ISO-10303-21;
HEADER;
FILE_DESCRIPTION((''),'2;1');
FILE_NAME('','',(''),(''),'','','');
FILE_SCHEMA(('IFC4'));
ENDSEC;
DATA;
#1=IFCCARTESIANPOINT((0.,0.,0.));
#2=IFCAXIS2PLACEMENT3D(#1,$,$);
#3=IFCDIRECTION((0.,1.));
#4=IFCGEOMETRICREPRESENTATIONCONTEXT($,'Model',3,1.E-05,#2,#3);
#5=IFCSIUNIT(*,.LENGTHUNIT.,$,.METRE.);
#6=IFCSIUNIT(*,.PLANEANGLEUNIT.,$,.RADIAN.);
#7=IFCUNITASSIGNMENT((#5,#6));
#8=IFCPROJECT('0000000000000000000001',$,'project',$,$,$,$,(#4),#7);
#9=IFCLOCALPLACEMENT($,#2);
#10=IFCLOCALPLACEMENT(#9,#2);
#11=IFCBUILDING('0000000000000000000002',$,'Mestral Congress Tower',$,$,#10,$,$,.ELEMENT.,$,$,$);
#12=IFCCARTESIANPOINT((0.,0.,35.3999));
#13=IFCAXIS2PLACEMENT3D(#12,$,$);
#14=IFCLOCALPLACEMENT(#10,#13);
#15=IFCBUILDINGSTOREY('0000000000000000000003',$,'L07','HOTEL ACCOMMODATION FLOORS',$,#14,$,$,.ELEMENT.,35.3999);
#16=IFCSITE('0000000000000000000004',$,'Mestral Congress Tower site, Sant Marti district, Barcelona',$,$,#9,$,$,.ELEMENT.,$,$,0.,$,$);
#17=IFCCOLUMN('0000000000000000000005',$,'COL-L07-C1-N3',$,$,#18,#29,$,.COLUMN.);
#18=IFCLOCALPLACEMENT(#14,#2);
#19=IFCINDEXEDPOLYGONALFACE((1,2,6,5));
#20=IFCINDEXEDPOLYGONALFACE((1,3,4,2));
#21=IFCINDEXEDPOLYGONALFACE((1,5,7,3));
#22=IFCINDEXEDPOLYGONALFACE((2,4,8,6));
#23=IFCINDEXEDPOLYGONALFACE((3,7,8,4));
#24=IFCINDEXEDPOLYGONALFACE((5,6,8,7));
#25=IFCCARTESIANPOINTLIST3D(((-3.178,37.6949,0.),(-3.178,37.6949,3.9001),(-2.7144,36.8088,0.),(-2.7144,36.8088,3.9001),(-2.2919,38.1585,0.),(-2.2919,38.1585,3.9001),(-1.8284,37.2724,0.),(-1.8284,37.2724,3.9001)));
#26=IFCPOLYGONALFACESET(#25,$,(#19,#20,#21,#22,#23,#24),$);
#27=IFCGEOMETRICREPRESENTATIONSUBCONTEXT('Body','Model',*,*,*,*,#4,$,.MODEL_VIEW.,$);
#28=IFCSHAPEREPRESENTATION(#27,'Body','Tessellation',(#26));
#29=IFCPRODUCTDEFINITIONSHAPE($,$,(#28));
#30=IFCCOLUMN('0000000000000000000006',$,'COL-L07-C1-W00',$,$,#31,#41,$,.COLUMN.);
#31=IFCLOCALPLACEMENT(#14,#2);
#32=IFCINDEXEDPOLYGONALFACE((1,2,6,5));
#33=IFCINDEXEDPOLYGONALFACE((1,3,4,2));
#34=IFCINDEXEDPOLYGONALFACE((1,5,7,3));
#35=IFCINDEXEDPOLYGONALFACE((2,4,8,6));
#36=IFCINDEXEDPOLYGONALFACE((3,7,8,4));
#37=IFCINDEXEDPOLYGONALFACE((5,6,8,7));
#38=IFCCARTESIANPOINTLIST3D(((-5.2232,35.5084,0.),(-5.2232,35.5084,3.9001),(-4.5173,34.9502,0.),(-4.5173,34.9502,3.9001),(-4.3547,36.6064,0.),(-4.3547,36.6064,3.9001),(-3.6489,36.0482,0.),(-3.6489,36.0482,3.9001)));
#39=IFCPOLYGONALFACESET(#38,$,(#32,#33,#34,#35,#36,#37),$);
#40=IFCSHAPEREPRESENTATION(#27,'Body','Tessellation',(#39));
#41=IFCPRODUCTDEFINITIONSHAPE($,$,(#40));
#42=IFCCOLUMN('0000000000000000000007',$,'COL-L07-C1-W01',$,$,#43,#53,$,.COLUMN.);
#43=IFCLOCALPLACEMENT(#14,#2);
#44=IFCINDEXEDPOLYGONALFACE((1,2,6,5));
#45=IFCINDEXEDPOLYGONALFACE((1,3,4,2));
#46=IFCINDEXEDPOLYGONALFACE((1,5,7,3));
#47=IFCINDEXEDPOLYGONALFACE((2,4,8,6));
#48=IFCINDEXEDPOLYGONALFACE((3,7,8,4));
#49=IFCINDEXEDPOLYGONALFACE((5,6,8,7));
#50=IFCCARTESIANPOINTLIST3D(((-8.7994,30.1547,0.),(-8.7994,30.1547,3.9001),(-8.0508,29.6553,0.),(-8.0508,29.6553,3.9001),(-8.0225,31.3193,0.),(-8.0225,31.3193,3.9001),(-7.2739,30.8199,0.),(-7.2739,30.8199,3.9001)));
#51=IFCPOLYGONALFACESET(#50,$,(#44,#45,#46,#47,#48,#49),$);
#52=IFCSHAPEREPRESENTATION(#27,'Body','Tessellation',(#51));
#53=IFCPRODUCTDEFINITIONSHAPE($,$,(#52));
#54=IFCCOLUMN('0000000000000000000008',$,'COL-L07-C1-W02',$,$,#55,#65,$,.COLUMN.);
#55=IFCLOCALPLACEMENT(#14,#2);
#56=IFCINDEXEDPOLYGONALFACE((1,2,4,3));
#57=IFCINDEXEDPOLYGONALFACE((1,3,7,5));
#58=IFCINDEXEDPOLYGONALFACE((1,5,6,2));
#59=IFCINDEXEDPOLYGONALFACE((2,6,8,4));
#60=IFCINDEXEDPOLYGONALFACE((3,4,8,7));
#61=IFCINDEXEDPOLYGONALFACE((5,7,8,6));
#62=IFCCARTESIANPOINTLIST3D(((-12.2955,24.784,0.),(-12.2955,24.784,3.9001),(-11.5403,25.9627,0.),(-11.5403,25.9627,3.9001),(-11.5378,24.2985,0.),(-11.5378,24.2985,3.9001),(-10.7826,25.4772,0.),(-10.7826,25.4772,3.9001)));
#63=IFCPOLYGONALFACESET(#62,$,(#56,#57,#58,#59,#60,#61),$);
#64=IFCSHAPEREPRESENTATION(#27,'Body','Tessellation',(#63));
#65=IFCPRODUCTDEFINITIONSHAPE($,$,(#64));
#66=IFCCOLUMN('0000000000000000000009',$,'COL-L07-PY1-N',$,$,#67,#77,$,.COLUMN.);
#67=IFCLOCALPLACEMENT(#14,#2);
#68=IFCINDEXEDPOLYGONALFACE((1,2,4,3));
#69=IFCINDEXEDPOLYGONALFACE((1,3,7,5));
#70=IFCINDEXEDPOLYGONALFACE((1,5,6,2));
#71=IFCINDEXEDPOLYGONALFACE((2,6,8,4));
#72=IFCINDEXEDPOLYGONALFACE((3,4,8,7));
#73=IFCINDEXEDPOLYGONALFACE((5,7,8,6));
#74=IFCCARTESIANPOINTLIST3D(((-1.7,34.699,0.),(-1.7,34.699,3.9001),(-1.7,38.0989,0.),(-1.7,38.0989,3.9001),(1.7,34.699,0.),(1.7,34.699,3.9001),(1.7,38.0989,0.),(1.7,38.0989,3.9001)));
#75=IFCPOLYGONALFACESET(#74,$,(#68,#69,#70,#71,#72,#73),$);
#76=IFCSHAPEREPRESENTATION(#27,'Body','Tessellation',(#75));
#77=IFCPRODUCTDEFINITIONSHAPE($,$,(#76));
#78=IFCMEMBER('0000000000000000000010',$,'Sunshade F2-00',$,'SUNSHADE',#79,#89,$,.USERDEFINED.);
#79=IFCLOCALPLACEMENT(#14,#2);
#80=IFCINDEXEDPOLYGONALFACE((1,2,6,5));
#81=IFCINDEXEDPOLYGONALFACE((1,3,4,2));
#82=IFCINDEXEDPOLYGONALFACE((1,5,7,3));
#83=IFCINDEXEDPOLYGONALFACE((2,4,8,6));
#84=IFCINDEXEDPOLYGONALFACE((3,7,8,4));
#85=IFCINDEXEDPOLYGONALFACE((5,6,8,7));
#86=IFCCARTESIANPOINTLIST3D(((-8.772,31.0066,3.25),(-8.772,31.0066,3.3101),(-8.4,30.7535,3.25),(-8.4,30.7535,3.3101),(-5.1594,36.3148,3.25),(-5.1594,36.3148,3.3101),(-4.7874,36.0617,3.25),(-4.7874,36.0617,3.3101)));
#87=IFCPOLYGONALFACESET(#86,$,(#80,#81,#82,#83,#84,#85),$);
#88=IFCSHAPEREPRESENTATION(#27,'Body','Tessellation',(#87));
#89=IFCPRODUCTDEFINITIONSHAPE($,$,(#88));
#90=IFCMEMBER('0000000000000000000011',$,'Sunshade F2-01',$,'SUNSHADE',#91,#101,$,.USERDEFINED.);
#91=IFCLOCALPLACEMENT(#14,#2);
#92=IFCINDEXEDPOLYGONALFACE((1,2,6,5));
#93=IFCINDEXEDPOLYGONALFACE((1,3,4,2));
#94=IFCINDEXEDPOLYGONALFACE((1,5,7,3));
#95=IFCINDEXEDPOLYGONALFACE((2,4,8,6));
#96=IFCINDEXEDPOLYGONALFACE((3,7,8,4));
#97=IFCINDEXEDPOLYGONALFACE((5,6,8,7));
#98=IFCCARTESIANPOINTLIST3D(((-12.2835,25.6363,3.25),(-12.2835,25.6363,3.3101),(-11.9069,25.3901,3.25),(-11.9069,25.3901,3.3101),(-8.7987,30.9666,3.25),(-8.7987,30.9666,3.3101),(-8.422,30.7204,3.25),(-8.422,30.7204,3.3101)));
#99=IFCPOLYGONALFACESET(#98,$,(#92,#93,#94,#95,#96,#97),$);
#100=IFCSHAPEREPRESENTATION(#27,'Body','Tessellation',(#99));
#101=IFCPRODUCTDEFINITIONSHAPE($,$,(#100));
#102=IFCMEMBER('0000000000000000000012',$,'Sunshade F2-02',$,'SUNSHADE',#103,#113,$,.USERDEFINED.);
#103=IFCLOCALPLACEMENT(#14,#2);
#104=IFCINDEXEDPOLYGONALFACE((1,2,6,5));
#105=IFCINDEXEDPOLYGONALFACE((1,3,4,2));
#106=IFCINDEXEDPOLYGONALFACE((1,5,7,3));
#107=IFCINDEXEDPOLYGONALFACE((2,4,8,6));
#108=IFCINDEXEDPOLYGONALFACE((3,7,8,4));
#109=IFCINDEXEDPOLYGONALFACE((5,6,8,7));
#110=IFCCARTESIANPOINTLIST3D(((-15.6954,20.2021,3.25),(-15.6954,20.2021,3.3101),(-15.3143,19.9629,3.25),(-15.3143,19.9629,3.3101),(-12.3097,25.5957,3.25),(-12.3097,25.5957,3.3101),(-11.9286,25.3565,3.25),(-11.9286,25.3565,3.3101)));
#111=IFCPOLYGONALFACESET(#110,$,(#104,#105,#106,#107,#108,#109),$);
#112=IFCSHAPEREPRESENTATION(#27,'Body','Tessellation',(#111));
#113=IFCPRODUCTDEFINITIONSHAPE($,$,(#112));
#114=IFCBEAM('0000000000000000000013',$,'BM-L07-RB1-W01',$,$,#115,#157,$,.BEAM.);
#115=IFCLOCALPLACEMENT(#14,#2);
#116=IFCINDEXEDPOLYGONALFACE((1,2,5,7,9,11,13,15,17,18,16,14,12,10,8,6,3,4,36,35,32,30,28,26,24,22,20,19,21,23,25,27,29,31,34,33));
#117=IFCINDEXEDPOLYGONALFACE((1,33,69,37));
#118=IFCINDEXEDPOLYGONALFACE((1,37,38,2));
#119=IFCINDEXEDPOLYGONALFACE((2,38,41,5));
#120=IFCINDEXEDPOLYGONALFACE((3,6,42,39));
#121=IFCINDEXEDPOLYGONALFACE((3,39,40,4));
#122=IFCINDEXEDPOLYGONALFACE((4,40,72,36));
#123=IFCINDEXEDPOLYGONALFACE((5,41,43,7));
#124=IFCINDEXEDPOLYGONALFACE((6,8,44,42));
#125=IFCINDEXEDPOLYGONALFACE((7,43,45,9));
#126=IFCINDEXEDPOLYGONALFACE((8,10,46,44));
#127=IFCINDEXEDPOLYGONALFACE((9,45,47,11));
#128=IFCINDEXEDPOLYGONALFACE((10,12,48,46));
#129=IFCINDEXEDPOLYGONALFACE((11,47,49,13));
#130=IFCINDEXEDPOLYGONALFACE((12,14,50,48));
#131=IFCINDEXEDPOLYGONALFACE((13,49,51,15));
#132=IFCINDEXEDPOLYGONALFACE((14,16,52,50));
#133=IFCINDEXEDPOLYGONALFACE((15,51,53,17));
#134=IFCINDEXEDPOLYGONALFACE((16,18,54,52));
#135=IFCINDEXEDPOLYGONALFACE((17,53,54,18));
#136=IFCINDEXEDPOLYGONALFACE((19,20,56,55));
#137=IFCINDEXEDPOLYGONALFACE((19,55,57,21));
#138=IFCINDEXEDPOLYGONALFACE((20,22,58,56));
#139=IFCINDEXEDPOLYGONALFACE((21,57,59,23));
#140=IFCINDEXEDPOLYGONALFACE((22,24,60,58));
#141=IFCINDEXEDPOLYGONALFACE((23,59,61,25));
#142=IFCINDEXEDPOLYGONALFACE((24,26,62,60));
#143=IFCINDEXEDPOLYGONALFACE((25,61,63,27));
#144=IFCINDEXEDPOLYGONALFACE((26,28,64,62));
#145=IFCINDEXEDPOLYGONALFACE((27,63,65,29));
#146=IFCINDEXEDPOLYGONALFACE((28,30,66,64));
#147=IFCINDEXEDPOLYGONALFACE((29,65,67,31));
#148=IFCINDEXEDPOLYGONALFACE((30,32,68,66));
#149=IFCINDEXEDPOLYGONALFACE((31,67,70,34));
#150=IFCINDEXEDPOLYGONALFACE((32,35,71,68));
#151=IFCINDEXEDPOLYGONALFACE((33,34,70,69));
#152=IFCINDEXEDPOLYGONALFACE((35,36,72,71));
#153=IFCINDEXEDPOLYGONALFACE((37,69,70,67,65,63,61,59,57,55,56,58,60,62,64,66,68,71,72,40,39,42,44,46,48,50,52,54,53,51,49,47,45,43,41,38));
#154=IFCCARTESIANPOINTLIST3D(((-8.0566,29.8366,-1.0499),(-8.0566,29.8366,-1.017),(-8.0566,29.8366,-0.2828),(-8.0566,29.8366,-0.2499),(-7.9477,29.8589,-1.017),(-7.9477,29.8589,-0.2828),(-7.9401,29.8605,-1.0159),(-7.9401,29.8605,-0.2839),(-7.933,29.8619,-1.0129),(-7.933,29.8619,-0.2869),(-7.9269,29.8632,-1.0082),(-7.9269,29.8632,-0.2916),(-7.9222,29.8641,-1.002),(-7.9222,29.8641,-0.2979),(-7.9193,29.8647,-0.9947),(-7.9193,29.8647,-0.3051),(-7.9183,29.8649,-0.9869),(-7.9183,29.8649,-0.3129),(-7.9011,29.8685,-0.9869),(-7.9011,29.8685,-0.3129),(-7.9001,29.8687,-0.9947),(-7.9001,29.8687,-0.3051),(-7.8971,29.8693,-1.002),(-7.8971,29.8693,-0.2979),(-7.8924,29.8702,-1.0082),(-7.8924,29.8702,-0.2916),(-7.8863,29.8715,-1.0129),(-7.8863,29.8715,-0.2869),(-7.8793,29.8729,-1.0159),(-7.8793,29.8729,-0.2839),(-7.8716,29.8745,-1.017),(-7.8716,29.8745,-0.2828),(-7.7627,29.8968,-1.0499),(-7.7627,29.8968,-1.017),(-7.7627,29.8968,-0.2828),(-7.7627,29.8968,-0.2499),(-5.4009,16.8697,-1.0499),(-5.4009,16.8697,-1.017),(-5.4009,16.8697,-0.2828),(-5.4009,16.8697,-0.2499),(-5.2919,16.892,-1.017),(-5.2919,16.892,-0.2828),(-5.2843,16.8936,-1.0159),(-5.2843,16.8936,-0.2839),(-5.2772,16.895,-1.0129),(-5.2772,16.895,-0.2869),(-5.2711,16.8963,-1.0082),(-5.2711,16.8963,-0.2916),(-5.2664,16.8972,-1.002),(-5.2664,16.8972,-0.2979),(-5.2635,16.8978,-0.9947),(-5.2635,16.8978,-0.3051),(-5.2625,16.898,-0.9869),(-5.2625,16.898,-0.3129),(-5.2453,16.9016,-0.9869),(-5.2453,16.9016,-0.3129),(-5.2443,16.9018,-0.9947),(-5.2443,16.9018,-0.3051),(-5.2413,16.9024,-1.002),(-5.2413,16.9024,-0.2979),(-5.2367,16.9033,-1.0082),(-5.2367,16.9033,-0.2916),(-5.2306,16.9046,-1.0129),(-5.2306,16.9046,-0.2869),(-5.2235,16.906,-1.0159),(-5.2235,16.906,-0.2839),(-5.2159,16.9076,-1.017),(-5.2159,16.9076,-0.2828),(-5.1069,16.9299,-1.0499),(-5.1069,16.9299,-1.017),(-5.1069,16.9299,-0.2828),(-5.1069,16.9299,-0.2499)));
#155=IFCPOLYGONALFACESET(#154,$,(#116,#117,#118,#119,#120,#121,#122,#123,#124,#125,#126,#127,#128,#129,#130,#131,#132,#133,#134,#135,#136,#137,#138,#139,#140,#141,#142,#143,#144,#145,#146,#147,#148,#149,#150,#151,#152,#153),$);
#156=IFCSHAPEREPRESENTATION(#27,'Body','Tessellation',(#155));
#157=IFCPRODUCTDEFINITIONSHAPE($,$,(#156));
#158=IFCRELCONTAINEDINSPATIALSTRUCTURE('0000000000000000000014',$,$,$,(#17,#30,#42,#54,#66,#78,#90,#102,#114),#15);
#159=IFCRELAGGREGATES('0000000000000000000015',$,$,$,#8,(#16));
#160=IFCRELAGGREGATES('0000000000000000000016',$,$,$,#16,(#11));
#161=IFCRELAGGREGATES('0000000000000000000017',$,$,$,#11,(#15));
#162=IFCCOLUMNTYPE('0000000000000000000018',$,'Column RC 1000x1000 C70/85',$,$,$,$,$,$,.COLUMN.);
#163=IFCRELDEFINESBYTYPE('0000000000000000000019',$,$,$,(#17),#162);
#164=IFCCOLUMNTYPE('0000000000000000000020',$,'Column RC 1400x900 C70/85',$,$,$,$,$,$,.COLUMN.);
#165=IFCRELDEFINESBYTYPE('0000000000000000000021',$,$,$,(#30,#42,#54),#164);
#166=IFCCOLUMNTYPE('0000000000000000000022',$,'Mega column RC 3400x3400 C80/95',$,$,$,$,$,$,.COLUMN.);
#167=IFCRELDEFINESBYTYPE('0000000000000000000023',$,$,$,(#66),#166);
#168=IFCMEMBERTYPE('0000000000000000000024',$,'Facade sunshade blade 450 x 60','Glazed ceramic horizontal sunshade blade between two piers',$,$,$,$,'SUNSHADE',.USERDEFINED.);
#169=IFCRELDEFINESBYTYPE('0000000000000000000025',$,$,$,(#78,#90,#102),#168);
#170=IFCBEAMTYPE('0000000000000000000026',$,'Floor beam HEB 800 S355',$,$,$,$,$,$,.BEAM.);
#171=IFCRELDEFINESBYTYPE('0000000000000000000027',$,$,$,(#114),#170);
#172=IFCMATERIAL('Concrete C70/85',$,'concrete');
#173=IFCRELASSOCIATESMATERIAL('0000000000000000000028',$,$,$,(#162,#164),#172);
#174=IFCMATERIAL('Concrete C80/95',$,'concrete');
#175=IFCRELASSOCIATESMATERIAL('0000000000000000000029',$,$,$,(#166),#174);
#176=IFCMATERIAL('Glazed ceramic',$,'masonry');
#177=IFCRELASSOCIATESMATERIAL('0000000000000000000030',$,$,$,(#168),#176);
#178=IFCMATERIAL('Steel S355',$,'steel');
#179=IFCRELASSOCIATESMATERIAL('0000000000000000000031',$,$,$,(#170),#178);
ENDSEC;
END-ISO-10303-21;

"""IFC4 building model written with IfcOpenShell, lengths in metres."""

from ifc_helpers import new_model, si_unit, direction, frame, origin, origin_2d, place, context, subcontext, project, spatial, rectangle, i_section, extrude, material, material_profile, profile_set, type_object, element, save


model = new_model("IFC4")

# Units and contexts
model_context = context("Model", 3, precision=1e-05, world=origin(), true_north=direction((0.0, 1.0)))
body_context = subcontext(model_context, "Body", "Model", "MODEL_VIEW")
ifc_project = project(units=[si_unit("LENGTHUNIT", "METRE"), si_unit("PLANEANGLEUNIT", "RADIAN")], contexts=[model_context])

# Site, building, storey
site_placement = place(None, origin())
site = spatial("IfcSite", under=ifc_project, at=site_placement, Name="Mestral Congress Tower site, Sant Marti district, Barcelona", CompositionType="ELEMENT", RefElevation=0.0)
building_placement = place(site_placement, origin())
building = spatial("IfcBuilding", under=site, at=building_placement, Name="Mestral Congress Tower", CompositionType="ELEMENT")
storey_placement = place(building_placement, frame((0.0, 0.0, 35.3999)))
storey = spatial("IfcBuildingStorey", under=building, at=storey_placement, Name="L07", Description="HOTEL ACCOMMODATION FLOORS", CompositionType="ELEMENT", Elevation=35.3999)

# Columns
ifc_material_1 = material(Name="Concrete C70/85", Category="concrete")
ifc_material_profile_1 = material_profile(ifc_material_1, rectangle(XDim=1.0, YDim=1.0, at=origin_2d()), Name="RC 1000x1000")
ifc_profile_set_1 = profile_set([ifc_material_profile_1], Name="Concrete C70/85")
column_type_1 = type_object("IfcColumnType", Name="Column RC 1000x1000 C70/85", PredefinedType="COLUMN", material=ifc_profile_set_1)
column_1_placement = place(storey_placement, frame((-2.5032, 37.4836, 0.0), z_axis=(0.0, 0.0, 1.0), x_axis=(-0.886068, -0.463556, 0.0)))
element("IfcColumn", 1, at=column_1_placement, inside=storey, type_object=column_type_1, Name="COL-L07-C1-N3", PredefinedType="COLUMN", context=body_context, shape_type="SweptSolid", body=[
    extrude(rectangle(XDim=1.0, YDim=1.0, at=origin_2d()), origin(), (0.0, 0.0, 1.0), 3.9001),
])
ifc_material_profile_2 = material_profile(ifc_material_1, rectangle(XDim=1.3999, YDim=0.8999, at=origin_2d()), Name="RC 1400x900")
ifc_profile_set_2 = profile_set([ifc_material_profile_2], Name="Concrete C70/85")
column_type_2 = type_object("IfcColumnType", Name="Column RC 1400x900 C70/85", PredefinedType="COLUMN", material=ifc_profile_set_2)
for number, where, z_axis, x_axis, name in (
    (2, (-4.436, 35.7783, 0.0), (0.0, 0.0, 1.0), (-0.620334, -0.784338, 0.0), "COL-L07-C1-W00"),
    (3, (-8.0366, 30.4873, 0.0), (0.0, 0.0, 1.0), (-0.554949, -0.831884, 0.0), "COL-L07-C1-W01"),
    (4, (-11.5391, 25.1306, 0.0), (0.0, 0.0, 1.0), (-0.539476, -0.842001, 0.0), "COL-L07-C1-W02"),
):
    element("IfcColumn", number, at=place(storey_placement, frame(where, z_axis=z_axis, x_axis=x_axis)), inside=storey, type_object=column_type_2, Name=name, PredefinedType="COLUMN", context=body_context, shape_type="SweptSolid", body=[
        extrude(rectangle(XDim=1.3999, YDim=0.8999, at=origin_2d()), origin(), (0.0, 0.0, 1.0), 3.9001),
    ])
ifc_material_2 = material(Name="Concrete C80/95", Category="concrete")
ifc_material_profile_3 = material_profile(ifc_material_2, rectangle(XDim=3.3999, YDim=3.3999, at=origin_2d()), Name="RC 3400x3400")
ifc_profile_set_3 = profile_set([ifc_material_profile_3], Name="Concrete C80/95")
column_type_3 = type_object("IfcColumnType", Name="Mega column RC 3400x3400 C80/95", PredefinedType="COLUMN", material=ifc_profile_set_3)
column_2_placement = place(storey_placement, frame((0.0, 36.3989, 0.0), z_axis=(0.0, 0.0, 1.0), x_axis=(0.0, 1.0, 0.0)))
element("IfcColumn", 5, at=column_2_placement, inside=storey, type_object=column_type_3, Name="COL-L07-PY1-N", PredefinedType="COLUMN", context=body_context, shape_type="SweptSolid", body=[
    extrude(rectangle(XDim=3.3999, YDim=3.3999, at=origin_2d()), origin(), (0.0, 0.0, 1.0), 3.9001),
])

# Members
ifc_material_3 = material(Name="Glazed ceramic", Category="masonry")
ifc_material_profile_4 = material_profile(ifc_material_3, rectangle(XDim=0.45, YDim=0.0601, at=origin_2d()), Name="Ceramic blade 450 x 60")
ifc_profile_set_4 = profile_set([ifc_material_profile_4], Name="Glazed ceramic")
member_type = type_object("IfcMemberType", Name="Facade sunshade blade 450 x 60", Description="Glazed ceramic horizontal sunshade blade between two piers", ElementType="SUNSHADE", PredefinedType="USERDEFINED", material=ifc_profile_set_4)
member_1_placement = place(storey_placement, frame((-4.9734, 36.1882, 3.28), z_axis=(-0.562633, -0.826706, 0.0), x_axis=(0.826706, -0.562633, 0.0)))
element("IfcMember", 6, at=member_1_placement, inside=storey, type_object=member_type, Name="Sunshade F2-00", ObjectType="SUNSHADE", PredefinedType="USERDEFINED", context=body_context, shape_type="SweptSolid", body=[
    extrude(rectangle(XDim=0.45, YDim=0.0601, at=origin_2d()), origin(), (0.0, 0.0, 1.0), 6.4209),
])
member_2_placement = place(storey_placement, frame((-8.6104, 30.8435, 3.28), z_axis=(-0.547211, -0.836995, 0.0), x_axis=(0.836995, -0.547211, 0.0)))
element("IfcMember", 7, at=member_2_placement, inside=storey, type_object=member_type, Name="Sunshade F2-01", ObjectType="SUNSHADE", PredefinedType="USERDEFINED", context=body_context, shape_type="SweptSolid", body=[
    extrude(rectangle(XDim=0.45, YDim=0.0601, at=origin_2d()), origin(), (0.0, 0.0, 1.0), 6.3684),
])
member_3_placement = place(storey_placement, frame((-12.1191, 25.4761, 3.28), z_axis=(-0.531666, -0.846954, 0.0), x_axis=(0.846954, -0.531666, 0.0)))
element("IfcMember", 8, at=member_3_placement, inside=storey, type_object=member_type, Name="Sunshade F2-02", ObjectType="SUNSHADE", PredefinedType="USERDEFINED", context=body_context, shape_type="SweptSolid", body=[
    extrude(rectangle(XDim=0.45, YDim=0.0601, at=origin_2d()), origin(), (0.0, 0.0, 1.0), 6.3682),
])

# Beam
ifc_material_4 = material(Name="Steel S355", Category="steel")
ifc_material_profile_5 = material_profile(ifc_material_4, i_section(OverallWidth=0.3, OverallDepth=0.8, WebThickness=0.0176, FlangeThickness=0.033, FilletRadius=0.03, at=origin_2d()), Name="HEB 800")
ifc_profile_set_5 = profile_set([ifc_material_profile_5], Name="Steel S355")
beam_type_1 = type_object("IfcBeamType", Name="Floor beam HEB 800 S355", PredefinedType="BEAM", material=ifc_profile_set_5)
beam_1_placement = place(storey_placement, frame((-7.9097, 29.8667, -0.6499), z_axis=(0.200647, -0.979664, 0.0), x_axis=(0.979664, 0.200647, 0.0)))
element("IfcBeam", 9, at=beam_1_placement, inside=storey, type_object=beam_type_1, Name="BM-L07-RB1-W01", PredefinedType="BEAM", context=body_context, shape_type="SweptSolid", body=[
    extrude(i_section(OverallWidth=0.3, OverallDepth=0.8, WebThickness=0.0176, FlangeThickness=0.033, FilletRadius=0.03, at=origin_2d()), origin(), (0.0, 0.0, 1.0), 13.2361),
])

save(model, "model.ifc")
